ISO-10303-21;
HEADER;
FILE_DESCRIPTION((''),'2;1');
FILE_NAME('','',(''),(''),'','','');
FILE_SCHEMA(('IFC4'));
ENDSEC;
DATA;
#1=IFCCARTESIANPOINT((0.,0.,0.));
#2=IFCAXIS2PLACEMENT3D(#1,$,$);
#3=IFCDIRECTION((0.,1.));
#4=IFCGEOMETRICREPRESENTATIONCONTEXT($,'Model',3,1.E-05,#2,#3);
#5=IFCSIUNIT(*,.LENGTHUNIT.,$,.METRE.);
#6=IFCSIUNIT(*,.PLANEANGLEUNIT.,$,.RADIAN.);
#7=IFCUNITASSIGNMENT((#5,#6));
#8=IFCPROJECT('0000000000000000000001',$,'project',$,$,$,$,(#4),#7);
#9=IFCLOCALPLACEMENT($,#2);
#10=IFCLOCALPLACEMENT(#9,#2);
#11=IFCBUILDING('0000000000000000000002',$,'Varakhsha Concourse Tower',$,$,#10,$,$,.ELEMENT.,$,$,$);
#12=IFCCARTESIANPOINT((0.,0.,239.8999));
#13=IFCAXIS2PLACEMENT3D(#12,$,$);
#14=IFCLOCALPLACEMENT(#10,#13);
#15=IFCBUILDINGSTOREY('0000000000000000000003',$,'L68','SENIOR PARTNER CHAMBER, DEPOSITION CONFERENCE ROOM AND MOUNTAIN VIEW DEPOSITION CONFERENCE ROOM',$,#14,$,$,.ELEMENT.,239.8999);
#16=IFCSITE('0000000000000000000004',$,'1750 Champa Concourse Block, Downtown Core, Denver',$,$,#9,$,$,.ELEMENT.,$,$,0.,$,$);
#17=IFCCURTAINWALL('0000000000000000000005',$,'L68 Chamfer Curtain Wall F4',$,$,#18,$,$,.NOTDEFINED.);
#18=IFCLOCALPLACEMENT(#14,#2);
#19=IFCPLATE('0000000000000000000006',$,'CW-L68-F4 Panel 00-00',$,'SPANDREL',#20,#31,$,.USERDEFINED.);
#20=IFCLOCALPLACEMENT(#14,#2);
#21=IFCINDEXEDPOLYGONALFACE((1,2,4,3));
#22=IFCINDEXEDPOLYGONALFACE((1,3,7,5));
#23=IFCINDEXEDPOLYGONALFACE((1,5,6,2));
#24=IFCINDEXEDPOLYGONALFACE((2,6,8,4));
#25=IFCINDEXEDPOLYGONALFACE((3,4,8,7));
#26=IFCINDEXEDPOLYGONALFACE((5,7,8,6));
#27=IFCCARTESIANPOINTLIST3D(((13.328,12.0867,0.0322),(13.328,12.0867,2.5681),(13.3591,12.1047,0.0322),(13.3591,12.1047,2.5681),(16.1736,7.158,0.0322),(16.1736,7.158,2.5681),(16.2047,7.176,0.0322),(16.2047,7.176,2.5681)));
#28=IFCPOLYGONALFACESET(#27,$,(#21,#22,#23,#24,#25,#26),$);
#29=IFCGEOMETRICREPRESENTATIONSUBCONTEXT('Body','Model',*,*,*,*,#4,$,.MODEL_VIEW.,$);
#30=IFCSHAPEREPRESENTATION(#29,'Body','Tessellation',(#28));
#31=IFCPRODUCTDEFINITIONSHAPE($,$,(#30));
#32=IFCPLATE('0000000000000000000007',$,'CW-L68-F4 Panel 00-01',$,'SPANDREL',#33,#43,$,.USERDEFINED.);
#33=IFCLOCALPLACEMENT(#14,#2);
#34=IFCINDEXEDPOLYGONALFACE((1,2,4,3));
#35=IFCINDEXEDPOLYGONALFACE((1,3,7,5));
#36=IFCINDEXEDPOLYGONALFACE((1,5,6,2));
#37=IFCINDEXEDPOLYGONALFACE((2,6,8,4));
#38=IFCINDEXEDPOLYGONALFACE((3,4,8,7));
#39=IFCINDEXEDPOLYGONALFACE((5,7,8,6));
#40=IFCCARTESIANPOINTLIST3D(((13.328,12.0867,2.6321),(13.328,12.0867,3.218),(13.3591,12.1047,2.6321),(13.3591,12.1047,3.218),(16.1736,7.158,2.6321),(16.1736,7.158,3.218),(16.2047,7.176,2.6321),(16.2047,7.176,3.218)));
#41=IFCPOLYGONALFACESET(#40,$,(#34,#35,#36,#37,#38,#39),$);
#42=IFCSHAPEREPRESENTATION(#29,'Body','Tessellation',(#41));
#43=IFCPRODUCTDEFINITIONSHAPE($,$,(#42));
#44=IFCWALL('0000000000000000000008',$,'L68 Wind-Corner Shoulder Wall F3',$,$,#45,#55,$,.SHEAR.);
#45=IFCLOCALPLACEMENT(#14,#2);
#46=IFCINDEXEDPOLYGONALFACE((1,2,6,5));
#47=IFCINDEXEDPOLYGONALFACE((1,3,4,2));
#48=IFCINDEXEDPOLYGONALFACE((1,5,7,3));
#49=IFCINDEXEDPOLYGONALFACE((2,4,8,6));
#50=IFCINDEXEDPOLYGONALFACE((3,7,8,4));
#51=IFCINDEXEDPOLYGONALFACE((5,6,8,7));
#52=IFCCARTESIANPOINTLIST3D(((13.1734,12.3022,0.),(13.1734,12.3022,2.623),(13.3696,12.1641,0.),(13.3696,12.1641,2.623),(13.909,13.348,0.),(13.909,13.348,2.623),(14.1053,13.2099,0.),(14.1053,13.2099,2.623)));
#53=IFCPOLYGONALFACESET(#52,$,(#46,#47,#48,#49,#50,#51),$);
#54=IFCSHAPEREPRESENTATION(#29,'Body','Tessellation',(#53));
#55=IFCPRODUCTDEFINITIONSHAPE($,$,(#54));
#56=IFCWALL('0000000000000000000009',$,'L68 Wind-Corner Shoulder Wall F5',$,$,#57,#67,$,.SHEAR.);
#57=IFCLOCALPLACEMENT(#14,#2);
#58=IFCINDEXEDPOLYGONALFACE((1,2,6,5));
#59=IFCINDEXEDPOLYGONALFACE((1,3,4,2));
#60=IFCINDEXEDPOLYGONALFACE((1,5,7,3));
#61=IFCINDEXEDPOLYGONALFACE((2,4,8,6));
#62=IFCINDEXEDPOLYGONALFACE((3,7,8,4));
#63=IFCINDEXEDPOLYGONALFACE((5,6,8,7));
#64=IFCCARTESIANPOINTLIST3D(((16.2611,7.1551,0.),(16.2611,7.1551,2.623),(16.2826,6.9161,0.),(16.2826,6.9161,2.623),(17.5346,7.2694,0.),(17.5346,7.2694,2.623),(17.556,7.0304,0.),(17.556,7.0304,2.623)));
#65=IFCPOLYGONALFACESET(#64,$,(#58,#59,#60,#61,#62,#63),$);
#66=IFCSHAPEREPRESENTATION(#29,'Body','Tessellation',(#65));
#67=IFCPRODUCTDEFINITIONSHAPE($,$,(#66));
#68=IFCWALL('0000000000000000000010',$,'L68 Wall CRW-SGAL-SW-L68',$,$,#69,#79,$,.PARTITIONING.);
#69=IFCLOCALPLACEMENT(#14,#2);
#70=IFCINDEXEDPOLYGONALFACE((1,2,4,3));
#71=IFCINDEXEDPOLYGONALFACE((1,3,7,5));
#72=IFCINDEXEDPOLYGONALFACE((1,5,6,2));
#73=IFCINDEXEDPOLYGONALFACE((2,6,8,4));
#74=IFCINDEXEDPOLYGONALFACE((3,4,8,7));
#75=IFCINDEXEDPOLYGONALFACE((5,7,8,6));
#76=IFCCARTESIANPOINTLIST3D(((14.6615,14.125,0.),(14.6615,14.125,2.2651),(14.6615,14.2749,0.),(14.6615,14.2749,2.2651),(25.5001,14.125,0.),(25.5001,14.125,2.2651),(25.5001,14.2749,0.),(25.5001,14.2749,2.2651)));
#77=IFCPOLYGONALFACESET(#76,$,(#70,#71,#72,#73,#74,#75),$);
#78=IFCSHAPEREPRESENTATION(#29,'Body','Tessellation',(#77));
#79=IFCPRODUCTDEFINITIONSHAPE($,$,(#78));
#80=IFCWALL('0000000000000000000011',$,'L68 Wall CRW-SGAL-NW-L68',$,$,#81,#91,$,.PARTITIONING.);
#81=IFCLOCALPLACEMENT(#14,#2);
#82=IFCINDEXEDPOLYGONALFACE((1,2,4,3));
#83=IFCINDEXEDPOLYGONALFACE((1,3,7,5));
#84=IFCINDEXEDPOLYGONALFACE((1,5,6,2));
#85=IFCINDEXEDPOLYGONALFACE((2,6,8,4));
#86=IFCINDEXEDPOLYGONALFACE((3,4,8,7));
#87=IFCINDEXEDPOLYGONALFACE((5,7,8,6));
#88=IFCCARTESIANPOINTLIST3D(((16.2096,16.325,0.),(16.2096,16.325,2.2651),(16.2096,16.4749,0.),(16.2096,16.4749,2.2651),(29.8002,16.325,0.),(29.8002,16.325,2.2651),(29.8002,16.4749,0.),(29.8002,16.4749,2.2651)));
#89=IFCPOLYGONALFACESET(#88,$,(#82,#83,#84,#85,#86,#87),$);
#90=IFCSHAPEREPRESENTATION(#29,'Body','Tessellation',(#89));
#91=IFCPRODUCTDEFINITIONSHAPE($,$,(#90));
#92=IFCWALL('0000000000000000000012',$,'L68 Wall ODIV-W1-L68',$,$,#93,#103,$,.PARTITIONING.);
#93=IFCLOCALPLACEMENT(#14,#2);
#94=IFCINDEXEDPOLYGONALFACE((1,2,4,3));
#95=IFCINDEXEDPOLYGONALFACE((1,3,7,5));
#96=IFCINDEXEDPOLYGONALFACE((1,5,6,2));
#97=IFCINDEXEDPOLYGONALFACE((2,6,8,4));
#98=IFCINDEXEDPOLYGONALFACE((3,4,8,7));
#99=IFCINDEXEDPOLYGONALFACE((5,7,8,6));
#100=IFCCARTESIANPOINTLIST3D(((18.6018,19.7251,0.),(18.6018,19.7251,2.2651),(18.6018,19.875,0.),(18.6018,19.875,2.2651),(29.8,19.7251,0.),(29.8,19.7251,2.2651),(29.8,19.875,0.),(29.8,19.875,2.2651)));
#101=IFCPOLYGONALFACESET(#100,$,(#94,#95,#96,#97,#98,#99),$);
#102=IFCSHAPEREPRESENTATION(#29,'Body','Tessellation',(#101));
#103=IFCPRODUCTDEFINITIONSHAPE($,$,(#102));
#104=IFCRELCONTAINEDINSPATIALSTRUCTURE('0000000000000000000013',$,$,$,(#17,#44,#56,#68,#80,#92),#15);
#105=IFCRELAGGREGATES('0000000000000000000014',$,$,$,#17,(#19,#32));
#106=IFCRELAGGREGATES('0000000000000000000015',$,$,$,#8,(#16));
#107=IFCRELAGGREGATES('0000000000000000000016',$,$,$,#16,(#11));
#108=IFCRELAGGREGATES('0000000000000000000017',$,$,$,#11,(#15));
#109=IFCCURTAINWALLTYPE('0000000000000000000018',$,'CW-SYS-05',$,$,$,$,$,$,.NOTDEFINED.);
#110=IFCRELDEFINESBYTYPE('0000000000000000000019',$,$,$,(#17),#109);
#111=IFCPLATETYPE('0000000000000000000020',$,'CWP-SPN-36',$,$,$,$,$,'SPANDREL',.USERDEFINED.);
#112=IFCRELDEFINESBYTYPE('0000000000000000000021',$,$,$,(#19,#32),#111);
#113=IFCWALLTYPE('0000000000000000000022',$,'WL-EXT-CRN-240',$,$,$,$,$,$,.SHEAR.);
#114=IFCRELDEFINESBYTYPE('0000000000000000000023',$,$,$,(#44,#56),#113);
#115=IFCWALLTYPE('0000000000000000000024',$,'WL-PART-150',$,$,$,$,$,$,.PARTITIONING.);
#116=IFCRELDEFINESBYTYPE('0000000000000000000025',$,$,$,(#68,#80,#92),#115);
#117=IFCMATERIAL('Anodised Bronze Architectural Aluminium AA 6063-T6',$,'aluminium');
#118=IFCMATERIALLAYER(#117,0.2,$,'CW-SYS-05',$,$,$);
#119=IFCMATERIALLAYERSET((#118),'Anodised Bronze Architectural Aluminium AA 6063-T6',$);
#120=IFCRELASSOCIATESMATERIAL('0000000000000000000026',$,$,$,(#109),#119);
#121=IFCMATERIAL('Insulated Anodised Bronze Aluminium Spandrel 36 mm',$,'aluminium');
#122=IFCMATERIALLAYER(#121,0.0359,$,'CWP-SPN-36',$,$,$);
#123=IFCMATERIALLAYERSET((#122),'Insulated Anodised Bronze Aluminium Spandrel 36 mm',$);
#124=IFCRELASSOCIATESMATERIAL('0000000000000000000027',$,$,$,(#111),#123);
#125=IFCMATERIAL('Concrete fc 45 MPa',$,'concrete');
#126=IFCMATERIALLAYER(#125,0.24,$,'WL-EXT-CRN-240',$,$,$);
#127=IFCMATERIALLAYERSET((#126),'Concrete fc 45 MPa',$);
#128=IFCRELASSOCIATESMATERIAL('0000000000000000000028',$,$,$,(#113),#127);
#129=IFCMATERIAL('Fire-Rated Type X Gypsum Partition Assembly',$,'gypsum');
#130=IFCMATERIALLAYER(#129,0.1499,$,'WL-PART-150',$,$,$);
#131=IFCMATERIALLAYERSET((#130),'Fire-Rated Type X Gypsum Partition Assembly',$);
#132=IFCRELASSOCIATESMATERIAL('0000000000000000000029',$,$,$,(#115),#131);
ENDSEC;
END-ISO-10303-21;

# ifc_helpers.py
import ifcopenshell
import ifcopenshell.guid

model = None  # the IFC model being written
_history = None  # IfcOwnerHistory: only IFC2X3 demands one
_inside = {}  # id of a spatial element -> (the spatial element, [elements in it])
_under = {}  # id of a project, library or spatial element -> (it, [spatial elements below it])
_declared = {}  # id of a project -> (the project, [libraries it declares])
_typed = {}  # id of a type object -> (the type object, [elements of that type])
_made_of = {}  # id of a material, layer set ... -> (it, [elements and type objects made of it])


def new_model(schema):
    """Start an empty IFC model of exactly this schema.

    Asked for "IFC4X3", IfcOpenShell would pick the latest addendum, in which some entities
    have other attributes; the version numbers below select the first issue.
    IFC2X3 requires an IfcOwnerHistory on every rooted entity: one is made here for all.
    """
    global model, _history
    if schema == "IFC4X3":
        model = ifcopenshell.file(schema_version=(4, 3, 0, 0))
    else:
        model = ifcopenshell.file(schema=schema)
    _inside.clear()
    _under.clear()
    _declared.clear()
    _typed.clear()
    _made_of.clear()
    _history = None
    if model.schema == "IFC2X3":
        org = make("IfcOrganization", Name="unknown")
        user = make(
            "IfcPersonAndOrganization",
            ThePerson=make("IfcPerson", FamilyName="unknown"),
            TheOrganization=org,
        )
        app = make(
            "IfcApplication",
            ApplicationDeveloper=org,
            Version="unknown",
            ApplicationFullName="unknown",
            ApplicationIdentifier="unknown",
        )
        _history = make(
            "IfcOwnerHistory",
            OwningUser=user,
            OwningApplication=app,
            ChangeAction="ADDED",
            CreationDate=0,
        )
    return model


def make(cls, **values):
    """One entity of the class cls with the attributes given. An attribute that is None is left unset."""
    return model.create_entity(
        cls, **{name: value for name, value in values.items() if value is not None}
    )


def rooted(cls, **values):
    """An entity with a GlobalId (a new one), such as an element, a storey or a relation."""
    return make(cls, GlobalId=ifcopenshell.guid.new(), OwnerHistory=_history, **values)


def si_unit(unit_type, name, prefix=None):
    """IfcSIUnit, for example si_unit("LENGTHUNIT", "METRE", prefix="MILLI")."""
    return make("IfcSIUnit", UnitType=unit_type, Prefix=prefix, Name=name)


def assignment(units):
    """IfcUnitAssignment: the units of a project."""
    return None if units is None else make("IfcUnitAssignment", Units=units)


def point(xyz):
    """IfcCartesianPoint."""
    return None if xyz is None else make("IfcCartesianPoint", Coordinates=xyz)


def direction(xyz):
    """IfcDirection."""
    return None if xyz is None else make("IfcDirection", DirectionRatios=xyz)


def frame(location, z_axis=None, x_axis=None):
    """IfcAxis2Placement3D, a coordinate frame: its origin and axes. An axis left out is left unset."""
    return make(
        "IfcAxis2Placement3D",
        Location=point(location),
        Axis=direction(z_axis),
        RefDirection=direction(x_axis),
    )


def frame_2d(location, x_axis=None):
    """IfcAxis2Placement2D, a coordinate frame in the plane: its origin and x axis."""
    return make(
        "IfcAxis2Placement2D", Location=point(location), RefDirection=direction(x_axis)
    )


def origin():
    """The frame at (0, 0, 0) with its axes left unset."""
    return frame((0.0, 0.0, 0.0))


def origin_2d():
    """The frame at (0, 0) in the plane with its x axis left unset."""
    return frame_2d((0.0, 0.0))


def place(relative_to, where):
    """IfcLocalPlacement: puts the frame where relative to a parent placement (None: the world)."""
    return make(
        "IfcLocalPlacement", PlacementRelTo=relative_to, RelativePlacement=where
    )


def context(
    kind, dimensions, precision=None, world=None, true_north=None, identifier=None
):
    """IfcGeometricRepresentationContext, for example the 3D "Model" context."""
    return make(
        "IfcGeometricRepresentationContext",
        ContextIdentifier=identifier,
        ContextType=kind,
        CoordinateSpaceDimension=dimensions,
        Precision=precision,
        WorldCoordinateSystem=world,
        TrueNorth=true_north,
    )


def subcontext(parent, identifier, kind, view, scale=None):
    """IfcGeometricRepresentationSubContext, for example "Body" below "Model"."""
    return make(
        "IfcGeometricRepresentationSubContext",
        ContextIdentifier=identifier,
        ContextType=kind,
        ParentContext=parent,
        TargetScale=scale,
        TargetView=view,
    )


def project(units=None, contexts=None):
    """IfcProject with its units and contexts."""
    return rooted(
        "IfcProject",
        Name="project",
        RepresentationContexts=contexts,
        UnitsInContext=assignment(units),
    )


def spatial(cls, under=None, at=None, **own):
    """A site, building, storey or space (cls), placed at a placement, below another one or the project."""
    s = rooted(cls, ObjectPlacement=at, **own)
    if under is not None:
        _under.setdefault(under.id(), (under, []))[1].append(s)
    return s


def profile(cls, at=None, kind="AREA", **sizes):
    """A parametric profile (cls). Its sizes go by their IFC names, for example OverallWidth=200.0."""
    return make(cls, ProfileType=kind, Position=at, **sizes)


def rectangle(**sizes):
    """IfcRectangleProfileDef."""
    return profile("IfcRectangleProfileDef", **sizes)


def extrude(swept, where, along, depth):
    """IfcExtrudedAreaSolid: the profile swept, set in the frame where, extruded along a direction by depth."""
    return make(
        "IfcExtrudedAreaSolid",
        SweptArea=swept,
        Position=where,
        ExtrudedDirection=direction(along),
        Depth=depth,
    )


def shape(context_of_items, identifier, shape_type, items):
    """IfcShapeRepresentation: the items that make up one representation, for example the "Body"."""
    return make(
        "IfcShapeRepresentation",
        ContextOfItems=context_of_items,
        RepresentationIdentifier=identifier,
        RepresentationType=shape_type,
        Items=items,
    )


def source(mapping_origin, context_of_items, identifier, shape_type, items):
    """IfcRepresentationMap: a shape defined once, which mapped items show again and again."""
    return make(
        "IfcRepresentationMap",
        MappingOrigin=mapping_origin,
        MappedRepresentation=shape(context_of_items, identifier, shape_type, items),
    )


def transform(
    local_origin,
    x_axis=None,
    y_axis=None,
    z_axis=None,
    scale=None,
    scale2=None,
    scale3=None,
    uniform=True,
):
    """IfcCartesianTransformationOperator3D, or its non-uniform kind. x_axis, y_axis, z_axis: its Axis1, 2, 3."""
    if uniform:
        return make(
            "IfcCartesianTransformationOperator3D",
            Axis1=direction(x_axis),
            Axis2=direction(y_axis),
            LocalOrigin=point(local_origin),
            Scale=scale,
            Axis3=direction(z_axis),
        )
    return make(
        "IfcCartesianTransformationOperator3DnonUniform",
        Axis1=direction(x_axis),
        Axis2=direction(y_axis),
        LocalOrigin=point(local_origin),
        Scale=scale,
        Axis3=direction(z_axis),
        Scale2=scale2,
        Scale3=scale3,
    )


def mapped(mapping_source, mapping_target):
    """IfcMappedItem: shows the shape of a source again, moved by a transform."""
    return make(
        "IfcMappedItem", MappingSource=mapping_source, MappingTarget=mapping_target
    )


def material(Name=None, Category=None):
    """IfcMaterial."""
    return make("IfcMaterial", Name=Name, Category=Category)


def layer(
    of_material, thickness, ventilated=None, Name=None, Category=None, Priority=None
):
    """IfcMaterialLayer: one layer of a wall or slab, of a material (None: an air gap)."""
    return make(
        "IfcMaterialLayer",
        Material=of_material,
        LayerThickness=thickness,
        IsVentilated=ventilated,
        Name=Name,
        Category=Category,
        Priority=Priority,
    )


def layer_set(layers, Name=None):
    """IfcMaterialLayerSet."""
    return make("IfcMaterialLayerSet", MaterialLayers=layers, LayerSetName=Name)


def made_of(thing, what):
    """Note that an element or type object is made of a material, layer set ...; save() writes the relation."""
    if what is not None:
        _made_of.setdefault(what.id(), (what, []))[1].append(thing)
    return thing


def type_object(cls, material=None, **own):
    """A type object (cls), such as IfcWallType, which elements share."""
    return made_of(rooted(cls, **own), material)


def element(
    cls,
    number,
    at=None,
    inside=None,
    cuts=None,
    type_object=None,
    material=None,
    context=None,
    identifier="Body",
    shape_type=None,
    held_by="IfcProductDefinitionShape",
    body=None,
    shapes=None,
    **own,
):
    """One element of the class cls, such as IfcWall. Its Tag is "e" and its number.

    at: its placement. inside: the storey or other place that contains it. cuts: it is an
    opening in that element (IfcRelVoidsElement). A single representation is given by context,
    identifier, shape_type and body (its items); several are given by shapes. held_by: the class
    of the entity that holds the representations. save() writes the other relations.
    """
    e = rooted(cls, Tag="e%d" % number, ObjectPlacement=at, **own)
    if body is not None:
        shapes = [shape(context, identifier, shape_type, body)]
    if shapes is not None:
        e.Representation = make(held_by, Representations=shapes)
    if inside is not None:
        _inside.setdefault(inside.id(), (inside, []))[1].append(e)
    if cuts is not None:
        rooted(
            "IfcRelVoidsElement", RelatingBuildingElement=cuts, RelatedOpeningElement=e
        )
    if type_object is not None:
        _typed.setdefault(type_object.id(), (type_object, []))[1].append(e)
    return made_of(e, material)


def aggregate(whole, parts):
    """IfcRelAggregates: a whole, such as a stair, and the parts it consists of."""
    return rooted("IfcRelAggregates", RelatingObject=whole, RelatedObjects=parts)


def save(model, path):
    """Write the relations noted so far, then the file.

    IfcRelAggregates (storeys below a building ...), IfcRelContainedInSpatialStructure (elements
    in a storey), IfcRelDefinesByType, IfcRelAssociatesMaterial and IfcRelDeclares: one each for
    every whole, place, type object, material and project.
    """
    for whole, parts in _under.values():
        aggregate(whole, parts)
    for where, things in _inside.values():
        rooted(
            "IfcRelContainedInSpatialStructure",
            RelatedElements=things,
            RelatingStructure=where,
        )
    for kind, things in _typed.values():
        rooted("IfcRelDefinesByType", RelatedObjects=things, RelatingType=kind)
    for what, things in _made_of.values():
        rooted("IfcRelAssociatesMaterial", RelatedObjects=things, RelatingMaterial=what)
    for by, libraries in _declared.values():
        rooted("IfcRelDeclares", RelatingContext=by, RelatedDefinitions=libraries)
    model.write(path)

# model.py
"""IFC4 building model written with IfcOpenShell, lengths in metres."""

from ifc_helpers import new_model, si_unit, direction, frame, frame_2d, origin, origin_2d, place, context, subcontext, project, spatial, rectangle, extrude, source, transform, mapped, material, layer, layer_set, type_object, element, aggregate, save


model = new_model("IFC4")

# Units and contexts
model_context = context("Model", 3, precision=1e-05, world=origin(), true_north=direction((0.0, 1.0)))
body_context = subcontext(model_context, "Body", "Model", "MODEL_VIEW")
ifc_project = project(units=[si_unit("LENGTHUNIT", "METRE"), si_unit("PLANEANGLEUNIT", "RADIAN")], contexts=[model_context])

# Site, building, storey
site_placement = place(None, origin())
site = spatial("IfcSite", under=ifc_project, at=site_placement, Name="1750 Champa Concourse Block, Downtown Core, Denver", CompositionType="ELEMENT", RefElevation=0.0)
building_placement = place(site_placement, origin())
building = spatial("IfcBuilding", under=site, at=building_placement, Name="Varakhsha Concourse Tower", CompositionType="ELEMENT")
storey_placement = place(building_placement, frame((0.0, 0.0, 239.8999)))
storey = spatial("IfcBuildingStorey", under=building, at=storey_placement, Name="L68", Description="SENIOR PARTNER CHAMBER, DEPOSITION CONFERENCE ROOM AND MOUNTAIN VIEW DEPOSITION CONFERENCE ROOM", CompositionType="ELEMENT", Elevation=239.8999)

# Shared definitions
ifc_material_1 = material(Name="Anodised Bronze Architectural Aluminium AA 6063-T6", Category="aluminium")
ifc_layer_1 = layer(ifc_material_1, 0.2, Name="CW-SYS-05")
ifc_layer_set_1 = layer_set([ifc_layer_1], Name="Anodised Bronze Architectural Aluminium AA 6063-T6")
curtain_wall_type = type_object("IfcCurtainWallType", Name="CW-SYS-05", PredefinedType="NOTDEFINED", material=ifc_layer_set_1)

# Curtain wall
curtain_wall_1_placement = place(storey_placement, origin())
curtain_wall_1 = element("IfcCurtainWall", 1, at=curtain_wall_1_placement, inside=storey, type_object=curtain_wall_type, Name="L68 Chamfer Curtain Wall F4", PredefinedType="NOTDEFINED")

# Shared definitions
ifc_material_2 = material(Name="Concrete fc 45 MPa", Category="concrete")

# Plates
ifc_material_3 = material(Name="Insulated Anodised Bronze Aluminium Spandrel 36 mm", Category="aluminium")
ifc_layer_2 = layer(ifc_material_3, 0.0359, Name="CWP-SPN-36")
ifc_layer_set_2 = layer_set([ifc_layer_2], Name="Insulated Anodised Bronze Aluminium Spandrel 36 mm")
plate_type_1 = type_object("IfcPlateType", Name="CWP-SPN-36", ElementType="SPANDREL", PredefinedType="USERDEFINED", material=ifc_layer_set_2)
shared_shape_1 = source(origin(), body_context, "Body", "SweptSolid", [
    extrude(rectangle(XDim=5.6912, YDim=0.0359, at=origin_2d()), origin(), (0.0, 0.0, 1.0), 2.5359),
])
plate_1_placement = place(storey_placement, frame((14.7664, 9.6313, 0.0322), z_axis=(0.0, 0.0, 1.0), x_axis=(-0.499992, 0.86603, 0.0)))
plate_1 = element("IfcPlate", 2, at=plate_1_placement, type_object=plate_type_1, Name="CW-L68-F4 Panel 00-00", ObjectType="SPANDREL", PredefinedType="USERDEFINED", context=body_context, shape_type="MappedRepresentation", body=[
    mapped(shared_shape_1, transform((0.0, 0.0, 0.0), scale=1.0)),
])
shared_shape_2 = source(origin(), body_context, "Body", "SweptSolid", [
    extrude(rectangle(XDim=5.6912, YDim=0.0359, at=origin_2d()), origin(), (0.0, 0.0, 1.0), 0.5859),
])
plate_2_placement = place(storey_placement, frame((14.7664, 9.6313, 2.6321), z_axis=(0.0, 0.0, 1.0), x_axis=(-0.499992, 0.86603, 0.0)))
plate_2 = element("IfcPlate", 3, at=plate_2_placement, type_object=plate_type_1, Name="CW-L68-F4 Panel 00-01", ObjectType="SPANDREL", PredefinedType="USERDEFINED", context=body_context, shape_type="MappedRepresentation", body=[
    mapped(shared_shape_2, transform((0.0, 0.0, 0.0), scale=1.0)),
])
aggregate(curtain_wall_1, [plate_1, plate_2])

# Walls
ifc_layer_3 = layer(ifc_material_2, 0.24, Name="WL-EXT-CRN-240")
ifc_layer_set_3 = layer_set([ifc_layer_3], Name="Concrete fc 45 MPa")
wall_type_1 = type_object("IfcWallType", Name="WL-EXT-CRN-240", PredefinedType="SHEAR", material=ifc_layer_set_3)
for number, where, z_axis, x_axis, name in (
    (4, (14.0071, 13.2788, 0.0), (0.0, 0.0, 1.0), (-0.57537, -0.817893, 0.0), "L68 Wind-Corner Shoulder Wall F3"),
    (5, (16.272, 7.0356, 0.0), (0.0, 0.0, 1.0), (0.995999, 0.089365, 0.0), "L68 Wind-Corner Shoulder Wall F5"),
):
    element("IfcWall", number, at=place(storey_placement, frame(where, z_axis=z_axis, x_axis=x_axis)), inside=storey, type_object=wall_type_1, Name=name, PredefinedType="SHEAR", context=body_context, shape_type="SweptSolid", body=[
        extrude(rectangle(XDim=1.2786, YDim=0.24, at=frame_2d((0.6392, 0.0))), origin(), (0.0, 0.0, 1.0), 2.623),
    ])
ifc_material_4 = material(Name="Fire-Rated Type X Gypsum Partition Assembly", Category="gypsum")
ifc_layer_4 = layer(ifc_material_4, 0.1499, Name="WL-PART-150")
ifc_layer_set_4 = layer_set([ifc_layer_4], Name="Fire-Rated Type X Gypsum Partition Assembly")
wall_type_2 = type_object("IfcWallType", Name="WL-PART-150", PredefinedType="PARTITIONING", material=ifc_layer_set_4)
wall_1_placement = place(storey_placement, frame((14.6614, 14.2, 0.0), z_axis=(0.0, 0.0, 1.0), x_axis=(1.0, 0.0, 0.0)))
element("IfcWall", 6, at=wall_1_placement, inside=storey, type_object=wall_type_2, Name="L68 Wall CRW-SGAL-SW-L68", PredefinedType="PARTITIONING", context=body_context, shape_type="SweptSolid", body=[
    extrude(rectangle(XDim=10.8386, YDim=0.1499, at=frame_2d((5.4194, 0.0))), origin(), (0.0, 0.0, 1.0), 2.2651),
])
wall_2_placement = place(storey_placement, frame((16.2095, 16.3999, 0.0), z_axis=(0.0, 0.0, 1.0), x_axis=(1.0, 0.0, 0.0)))
element("IfcWall", 7, at=wall_2_placement, inside=storey, type_object=wall_type_2, Name="L68 Wall CRW-SGAL-NW-L68", PredefinedType="PARTITIONING", context=body_context, shape_type="SweptSolid", body=[
    extrude(rectangle(XDim=13.5906, YDim=0.1499, at=frame_2d((6.7954, 0.0))), origin(), (0.0, 0.0, 1.0), 2.2651),
])
wall_3_placement = place(storey_placement, frame((18.6018, 19.8, 0.0), z_axis=(0.0, 0.0, 1.0), x_axis=(1.0, 0.0, 0.0)))
element("IfcWall", 8, at=wall_3_placement, inside=storey, type_object=wall_type_2, Name="L68 Wall ODIV-W1-L68", PredefinedType="PARTITIONING", context=body_context, shape_type="SweptSolid", body=[
    extrude(rectangle(XDim=11.1982, YDim=0.1499, at=frame_2d((5.5991, 0.0))), origin(), (0.0, 0.0, 1.0), 2.2651),
])

save(model, "model.ifc")
